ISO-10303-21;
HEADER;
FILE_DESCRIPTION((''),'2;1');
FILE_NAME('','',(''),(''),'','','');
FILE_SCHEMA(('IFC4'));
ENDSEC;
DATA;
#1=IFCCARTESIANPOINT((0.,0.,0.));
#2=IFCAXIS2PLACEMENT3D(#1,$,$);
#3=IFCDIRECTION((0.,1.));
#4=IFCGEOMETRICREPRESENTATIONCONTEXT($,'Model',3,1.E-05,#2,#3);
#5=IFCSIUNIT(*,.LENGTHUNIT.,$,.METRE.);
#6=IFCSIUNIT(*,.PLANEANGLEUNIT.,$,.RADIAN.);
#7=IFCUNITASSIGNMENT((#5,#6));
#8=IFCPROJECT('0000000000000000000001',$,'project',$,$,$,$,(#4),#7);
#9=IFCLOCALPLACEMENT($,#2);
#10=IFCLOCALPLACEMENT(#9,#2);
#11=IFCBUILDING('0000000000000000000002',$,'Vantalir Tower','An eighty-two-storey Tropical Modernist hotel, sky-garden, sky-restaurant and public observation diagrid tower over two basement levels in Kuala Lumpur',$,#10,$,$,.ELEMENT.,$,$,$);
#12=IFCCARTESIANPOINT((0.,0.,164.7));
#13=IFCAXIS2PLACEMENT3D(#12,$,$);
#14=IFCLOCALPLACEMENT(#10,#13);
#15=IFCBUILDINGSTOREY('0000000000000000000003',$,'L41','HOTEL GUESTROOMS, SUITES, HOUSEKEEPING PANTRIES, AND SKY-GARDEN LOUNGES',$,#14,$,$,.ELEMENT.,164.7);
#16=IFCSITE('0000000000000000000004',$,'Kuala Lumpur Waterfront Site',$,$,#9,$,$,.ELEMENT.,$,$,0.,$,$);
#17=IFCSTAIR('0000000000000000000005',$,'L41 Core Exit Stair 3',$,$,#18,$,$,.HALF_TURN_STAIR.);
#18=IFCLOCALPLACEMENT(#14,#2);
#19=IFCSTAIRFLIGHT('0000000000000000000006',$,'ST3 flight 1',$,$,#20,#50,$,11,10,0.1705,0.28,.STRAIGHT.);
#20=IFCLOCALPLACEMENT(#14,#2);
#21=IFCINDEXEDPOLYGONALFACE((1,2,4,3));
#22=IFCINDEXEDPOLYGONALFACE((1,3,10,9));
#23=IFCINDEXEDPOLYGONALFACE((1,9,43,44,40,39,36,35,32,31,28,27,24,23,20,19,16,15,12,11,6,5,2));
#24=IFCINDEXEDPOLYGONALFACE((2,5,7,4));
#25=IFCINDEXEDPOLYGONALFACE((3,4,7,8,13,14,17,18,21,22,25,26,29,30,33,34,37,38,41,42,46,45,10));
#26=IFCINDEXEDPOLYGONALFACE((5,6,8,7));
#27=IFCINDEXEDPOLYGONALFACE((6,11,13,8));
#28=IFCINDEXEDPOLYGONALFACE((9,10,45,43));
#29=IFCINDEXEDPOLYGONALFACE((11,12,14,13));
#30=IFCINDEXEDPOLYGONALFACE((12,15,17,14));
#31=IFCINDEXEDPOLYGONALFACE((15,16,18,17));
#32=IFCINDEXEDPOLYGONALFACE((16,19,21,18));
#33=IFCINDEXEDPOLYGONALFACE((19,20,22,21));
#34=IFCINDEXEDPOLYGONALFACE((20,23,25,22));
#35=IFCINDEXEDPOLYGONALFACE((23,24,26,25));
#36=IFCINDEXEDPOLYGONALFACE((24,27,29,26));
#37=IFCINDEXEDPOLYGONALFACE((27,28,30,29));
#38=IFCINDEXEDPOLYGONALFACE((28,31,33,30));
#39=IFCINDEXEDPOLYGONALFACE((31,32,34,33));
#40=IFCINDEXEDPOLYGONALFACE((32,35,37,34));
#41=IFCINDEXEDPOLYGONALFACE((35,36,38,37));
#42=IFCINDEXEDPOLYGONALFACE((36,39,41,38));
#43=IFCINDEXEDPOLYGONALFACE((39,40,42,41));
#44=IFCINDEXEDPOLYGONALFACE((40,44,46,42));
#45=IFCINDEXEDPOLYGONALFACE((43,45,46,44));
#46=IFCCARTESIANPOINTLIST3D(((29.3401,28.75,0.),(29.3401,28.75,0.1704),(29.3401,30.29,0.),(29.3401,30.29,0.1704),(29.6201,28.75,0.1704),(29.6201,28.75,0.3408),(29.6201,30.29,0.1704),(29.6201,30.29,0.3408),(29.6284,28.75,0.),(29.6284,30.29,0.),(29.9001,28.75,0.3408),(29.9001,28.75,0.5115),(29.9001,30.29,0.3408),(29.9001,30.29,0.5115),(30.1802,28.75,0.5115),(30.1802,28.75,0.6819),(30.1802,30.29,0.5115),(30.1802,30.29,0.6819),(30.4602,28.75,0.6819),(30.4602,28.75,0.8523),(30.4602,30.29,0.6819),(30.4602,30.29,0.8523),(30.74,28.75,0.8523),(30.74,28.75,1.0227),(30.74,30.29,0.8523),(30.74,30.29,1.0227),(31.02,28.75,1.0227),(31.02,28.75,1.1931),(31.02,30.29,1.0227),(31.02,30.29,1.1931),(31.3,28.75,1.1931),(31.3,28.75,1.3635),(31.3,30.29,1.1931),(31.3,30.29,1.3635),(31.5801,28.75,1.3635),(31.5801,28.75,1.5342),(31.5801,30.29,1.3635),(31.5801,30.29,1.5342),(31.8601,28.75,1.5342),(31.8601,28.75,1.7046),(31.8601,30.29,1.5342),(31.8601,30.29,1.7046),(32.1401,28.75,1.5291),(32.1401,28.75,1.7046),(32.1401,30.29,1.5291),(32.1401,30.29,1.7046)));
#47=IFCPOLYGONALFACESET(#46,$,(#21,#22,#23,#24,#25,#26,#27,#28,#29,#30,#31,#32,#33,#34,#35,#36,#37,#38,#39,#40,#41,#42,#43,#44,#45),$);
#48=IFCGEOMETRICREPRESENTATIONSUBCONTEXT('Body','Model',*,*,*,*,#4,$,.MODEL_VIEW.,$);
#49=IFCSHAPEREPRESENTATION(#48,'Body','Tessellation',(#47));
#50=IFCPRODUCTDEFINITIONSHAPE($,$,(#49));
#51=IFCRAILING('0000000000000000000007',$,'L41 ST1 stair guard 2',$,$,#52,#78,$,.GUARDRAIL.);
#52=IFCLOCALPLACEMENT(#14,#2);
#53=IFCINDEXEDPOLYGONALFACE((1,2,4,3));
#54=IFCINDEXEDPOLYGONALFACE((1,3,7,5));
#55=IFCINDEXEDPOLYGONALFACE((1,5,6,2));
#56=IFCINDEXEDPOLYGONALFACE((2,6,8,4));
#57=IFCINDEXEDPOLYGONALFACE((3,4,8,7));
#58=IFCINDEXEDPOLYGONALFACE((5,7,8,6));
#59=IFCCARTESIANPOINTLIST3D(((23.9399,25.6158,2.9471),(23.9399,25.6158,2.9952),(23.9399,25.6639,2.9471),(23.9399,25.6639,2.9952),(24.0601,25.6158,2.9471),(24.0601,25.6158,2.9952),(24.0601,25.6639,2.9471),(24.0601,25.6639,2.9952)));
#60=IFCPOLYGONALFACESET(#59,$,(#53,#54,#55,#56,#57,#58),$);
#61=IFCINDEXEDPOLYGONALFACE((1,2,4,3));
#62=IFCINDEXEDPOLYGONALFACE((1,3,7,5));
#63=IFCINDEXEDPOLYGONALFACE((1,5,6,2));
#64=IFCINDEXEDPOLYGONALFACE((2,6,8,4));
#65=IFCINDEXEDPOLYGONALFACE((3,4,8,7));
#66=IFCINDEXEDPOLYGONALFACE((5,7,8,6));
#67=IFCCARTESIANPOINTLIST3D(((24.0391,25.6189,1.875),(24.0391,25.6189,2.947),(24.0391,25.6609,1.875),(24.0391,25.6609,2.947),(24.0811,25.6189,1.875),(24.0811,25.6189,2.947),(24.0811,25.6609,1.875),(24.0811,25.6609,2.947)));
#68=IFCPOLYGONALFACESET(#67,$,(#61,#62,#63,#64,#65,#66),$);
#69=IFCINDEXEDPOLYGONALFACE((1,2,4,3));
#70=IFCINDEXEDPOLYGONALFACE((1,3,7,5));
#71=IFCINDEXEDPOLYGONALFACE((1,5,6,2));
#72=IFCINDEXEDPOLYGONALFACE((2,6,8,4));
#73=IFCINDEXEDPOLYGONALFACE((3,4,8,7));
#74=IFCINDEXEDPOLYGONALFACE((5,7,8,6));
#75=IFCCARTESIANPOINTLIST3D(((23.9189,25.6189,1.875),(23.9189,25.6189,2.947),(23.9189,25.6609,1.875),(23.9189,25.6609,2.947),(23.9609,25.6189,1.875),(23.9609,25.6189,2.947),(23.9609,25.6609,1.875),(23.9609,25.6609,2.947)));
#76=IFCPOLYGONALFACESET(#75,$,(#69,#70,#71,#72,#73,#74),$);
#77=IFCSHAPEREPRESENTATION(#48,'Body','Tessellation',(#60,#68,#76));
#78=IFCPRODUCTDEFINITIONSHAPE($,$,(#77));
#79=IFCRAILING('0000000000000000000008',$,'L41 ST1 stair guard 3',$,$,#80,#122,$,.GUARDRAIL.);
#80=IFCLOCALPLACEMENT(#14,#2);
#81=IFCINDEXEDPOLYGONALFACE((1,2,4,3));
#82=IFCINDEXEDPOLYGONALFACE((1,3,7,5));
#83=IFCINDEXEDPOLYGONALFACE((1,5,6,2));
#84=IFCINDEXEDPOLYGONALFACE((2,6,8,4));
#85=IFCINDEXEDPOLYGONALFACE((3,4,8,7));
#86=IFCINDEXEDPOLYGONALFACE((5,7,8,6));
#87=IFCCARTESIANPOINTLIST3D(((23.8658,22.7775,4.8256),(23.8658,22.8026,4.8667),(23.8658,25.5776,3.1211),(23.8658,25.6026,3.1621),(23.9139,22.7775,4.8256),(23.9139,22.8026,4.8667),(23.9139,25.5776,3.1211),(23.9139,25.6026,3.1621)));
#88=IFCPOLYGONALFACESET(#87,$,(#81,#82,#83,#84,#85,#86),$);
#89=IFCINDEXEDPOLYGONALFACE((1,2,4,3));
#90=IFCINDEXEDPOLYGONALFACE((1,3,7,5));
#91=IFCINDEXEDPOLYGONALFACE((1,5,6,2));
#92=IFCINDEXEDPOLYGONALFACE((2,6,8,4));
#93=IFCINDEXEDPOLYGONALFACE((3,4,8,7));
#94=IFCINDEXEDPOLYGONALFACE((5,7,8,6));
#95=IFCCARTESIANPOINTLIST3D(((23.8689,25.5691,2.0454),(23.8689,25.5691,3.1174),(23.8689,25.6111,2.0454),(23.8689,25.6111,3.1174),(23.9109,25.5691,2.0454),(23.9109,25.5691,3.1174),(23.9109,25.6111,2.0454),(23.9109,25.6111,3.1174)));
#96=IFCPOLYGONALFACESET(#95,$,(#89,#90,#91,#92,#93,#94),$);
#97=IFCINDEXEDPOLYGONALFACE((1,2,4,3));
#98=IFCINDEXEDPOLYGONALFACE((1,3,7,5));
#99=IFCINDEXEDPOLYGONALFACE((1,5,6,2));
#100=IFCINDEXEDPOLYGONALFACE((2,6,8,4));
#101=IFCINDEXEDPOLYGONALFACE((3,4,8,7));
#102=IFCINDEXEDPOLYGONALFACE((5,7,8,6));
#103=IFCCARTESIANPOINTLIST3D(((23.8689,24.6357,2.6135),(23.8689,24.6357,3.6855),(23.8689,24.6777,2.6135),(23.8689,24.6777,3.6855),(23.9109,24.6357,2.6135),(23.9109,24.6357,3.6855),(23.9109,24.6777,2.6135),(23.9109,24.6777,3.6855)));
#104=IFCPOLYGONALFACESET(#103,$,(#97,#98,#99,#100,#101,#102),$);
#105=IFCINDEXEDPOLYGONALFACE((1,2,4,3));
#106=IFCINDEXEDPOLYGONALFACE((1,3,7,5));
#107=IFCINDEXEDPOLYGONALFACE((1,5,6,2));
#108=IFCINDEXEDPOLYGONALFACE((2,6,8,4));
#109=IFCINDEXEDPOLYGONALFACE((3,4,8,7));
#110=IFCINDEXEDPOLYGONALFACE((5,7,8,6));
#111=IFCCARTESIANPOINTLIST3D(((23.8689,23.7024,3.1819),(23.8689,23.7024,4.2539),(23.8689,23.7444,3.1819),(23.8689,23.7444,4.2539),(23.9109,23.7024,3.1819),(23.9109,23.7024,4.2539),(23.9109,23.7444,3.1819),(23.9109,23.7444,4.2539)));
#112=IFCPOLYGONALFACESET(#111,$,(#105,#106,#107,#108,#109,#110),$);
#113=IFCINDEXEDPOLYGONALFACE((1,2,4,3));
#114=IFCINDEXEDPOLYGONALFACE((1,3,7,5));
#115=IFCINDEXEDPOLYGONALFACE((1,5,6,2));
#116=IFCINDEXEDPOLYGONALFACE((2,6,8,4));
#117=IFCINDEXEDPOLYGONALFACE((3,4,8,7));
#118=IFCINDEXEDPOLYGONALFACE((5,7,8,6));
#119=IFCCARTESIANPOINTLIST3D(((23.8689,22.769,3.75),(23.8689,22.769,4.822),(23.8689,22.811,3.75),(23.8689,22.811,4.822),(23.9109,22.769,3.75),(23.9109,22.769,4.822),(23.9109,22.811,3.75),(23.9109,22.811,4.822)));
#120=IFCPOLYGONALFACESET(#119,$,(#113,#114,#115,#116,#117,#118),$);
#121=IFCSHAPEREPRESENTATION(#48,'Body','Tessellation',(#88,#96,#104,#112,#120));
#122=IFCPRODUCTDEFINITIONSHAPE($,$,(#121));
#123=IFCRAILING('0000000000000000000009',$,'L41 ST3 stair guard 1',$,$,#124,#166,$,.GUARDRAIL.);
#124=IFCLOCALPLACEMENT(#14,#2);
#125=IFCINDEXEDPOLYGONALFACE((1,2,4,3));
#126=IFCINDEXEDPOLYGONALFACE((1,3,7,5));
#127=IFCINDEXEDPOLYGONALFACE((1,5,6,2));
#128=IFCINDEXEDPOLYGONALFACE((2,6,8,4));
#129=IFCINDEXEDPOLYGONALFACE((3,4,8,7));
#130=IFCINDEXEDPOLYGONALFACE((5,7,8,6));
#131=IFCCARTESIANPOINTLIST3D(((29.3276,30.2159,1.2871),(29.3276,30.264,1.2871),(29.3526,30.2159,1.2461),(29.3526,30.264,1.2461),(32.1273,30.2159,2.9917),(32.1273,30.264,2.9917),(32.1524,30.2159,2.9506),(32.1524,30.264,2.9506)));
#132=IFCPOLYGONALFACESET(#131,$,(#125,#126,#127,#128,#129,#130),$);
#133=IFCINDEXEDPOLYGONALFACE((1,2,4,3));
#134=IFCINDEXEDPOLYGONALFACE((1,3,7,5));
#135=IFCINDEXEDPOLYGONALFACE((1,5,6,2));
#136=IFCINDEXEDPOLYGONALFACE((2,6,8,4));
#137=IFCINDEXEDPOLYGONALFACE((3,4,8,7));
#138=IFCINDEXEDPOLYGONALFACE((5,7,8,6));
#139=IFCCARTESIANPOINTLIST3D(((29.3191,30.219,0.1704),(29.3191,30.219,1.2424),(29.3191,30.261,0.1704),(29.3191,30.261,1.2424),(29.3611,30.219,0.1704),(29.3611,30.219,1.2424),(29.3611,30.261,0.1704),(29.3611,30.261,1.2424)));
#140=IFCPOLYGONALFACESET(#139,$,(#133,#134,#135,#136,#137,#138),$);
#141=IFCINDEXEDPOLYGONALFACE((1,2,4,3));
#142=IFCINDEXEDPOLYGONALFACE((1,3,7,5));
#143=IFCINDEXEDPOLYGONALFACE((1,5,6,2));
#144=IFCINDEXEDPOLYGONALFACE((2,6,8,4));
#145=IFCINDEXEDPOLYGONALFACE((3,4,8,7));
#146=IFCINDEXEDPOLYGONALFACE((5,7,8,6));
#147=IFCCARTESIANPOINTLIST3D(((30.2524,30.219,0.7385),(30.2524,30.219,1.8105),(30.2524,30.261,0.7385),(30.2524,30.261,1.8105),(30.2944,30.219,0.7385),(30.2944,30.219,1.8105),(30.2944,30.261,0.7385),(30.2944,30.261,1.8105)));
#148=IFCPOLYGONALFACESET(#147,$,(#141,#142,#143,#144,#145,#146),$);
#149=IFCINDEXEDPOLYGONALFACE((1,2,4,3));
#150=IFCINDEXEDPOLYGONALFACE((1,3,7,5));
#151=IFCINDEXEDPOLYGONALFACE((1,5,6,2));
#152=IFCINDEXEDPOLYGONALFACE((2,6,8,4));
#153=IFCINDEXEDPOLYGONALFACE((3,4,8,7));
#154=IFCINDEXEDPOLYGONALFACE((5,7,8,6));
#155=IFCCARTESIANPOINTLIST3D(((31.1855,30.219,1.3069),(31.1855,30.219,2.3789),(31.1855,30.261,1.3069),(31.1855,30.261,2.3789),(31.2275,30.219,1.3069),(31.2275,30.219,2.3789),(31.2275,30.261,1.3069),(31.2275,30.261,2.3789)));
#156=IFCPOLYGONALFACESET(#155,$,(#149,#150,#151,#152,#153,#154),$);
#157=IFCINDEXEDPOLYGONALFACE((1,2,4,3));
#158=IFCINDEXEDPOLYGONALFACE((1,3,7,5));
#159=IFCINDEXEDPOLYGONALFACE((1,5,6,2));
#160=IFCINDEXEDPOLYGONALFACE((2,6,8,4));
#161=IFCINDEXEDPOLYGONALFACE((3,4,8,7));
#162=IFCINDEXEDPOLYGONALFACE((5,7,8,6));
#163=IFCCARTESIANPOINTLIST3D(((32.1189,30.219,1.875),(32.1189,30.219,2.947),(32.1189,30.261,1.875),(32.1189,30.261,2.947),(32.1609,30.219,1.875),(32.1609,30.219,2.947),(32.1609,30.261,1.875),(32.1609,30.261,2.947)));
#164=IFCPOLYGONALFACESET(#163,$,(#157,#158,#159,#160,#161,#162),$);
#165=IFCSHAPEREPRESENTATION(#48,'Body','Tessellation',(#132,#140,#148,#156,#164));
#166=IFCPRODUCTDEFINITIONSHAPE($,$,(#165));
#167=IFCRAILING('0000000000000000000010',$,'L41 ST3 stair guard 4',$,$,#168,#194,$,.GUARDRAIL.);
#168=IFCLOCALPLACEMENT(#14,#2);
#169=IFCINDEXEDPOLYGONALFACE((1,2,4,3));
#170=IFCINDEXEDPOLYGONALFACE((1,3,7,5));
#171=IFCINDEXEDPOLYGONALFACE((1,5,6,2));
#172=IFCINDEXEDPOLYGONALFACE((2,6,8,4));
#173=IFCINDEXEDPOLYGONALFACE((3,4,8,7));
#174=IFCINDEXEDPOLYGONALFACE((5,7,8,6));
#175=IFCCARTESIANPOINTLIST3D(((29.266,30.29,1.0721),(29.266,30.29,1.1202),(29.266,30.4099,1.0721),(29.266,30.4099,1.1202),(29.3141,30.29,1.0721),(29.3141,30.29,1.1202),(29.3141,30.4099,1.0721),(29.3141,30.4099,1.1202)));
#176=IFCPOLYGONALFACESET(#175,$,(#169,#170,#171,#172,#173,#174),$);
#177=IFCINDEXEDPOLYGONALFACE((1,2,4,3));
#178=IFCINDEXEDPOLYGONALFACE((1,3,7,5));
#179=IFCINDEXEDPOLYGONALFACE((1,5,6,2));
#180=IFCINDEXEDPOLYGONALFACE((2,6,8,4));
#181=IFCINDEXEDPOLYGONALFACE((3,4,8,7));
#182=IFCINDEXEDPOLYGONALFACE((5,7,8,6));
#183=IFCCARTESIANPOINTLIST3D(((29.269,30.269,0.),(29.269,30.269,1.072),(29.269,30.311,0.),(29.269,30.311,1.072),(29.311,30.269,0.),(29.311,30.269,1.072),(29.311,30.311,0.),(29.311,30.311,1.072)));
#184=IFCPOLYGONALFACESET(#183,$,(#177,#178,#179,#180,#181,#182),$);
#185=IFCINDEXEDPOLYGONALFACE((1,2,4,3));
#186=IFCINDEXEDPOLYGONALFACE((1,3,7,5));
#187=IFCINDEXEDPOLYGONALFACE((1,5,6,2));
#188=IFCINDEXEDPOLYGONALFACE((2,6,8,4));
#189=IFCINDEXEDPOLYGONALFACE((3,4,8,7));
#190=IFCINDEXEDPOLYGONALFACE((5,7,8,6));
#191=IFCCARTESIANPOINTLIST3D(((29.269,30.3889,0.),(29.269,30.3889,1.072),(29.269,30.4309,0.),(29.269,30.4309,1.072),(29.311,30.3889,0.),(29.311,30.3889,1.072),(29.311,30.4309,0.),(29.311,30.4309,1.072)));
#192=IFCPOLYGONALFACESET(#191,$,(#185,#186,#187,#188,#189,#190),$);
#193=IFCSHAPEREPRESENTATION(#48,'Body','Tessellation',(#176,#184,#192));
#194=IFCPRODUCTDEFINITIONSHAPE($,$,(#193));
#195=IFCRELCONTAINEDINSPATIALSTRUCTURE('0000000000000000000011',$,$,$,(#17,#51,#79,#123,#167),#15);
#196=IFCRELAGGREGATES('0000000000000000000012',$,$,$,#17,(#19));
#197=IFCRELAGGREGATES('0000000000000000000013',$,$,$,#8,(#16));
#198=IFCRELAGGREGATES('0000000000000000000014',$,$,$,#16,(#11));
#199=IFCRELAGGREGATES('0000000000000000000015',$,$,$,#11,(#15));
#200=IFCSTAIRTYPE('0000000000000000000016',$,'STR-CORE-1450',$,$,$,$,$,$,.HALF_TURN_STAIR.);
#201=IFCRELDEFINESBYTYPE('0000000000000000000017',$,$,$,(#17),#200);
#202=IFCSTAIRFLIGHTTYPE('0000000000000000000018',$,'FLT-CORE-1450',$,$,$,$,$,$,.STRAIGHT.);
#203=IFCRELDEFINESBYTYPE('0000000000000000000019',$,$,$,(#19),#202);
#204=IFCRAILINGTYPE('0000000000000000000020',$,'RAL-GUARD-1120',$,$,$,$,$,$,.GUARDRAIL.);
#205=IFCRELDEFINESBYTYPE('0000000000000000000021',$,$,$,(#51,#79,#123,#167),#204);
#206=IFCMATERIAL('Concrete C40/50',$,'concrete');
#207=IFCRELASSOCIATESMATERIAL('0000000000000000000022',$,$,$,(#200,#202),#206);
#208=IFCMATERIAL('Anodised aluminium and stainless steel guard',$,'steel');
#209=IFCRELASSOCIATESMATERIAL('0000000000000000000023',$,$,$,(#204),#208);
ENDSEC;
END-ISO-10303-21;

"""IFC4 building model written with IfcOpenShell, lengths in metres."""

from ifc_helpers import new_model, si_unit, direction, frame, origin, origin_2d, place, context, subcontext, project, spatial, polyline, rectangle, outline, extrude, material, type_object, element, aggregate, save


model = new_model("IFC4")

# Units and contexts
model_context = context("Model", 3, precision=1e-05, world=origin(), true_north=direction((0.0, 1.0)))
body_context = subcontext(model_context, "Body", "Model", "MODEL_VIEW")
ifc_project = project(units=[si_unit("LENGTHUNIT", "METRE"), si_unit("PLANEANGLEUNIT", "RADIAN")], contexts=[model_context])

# Site, building, storey
site_placement = place(None, origin())
site = spatial("IfcSite", under=ifc_project, at=site_placement, Name="Kuala Lumpur Waterfront Site", CompositionType="ELEMENT", RefElevation=0.0)
building_placement = place(site_placement, origin())
building = spatial("IfcBuilding", under=site, at=building_placement, Name="Vantalir Tower", Description="An eighty-two-storey Tropical Modernist hotel, sky-garden, sky-restaurant and public observation diagrid tower over two basement levels in Kuala Lumpur", CompositionType="ELEMENT")
storey_placement = place(building_placement, frame((0.0, 0.0, 164.7)))
storey = spatial("IfcBuildingStorey", under=building, at=storey_placement, Name="L41", Description="HOTEL GUESTROOMS, SUITES, HOUSEKEEPING PANTRIES, AND SKY-GARDEN LOUNGES", CompositionType="ELEMENT", Elevation=164.7)

# Stair, stair flight
ifc_material_1 = material(Name="Concrete C40/50", Category="concrete")
stair_type = type_object("IfcStairType", Name="STR-CORE-1450", PredefinedType="HALF_TURN_STAIR", material=ifc_material_1)
stair_flight_type = type_object("IfcStairFlightType", Name="FLT-CORE-1450", PredefinedType="STRAIGHT", material=ifc_material_1)
stair_1_placement = place(storey_placement, origin())
stair_1 = element("IfcStair", 1, at=stair_1_placement, inside=storey, type_object=stair_type, Name="L41 Core Exit Stair 3", PredefinedType="HALF_TURN_STAIR")
stair_flight_1_placement = place(storey_placement, frame((29.3401, 29.52, 0.0), z_axis=(0.0, 0.0, 1.0), x_axis=(1.0, 0.0, 0.0)))
stair_flight_1 = element("IfcStairFlight", 2, at=stair_flight_1_placement, type_object=stair_flight_type, Name="ST3 flight 1", NumberOfRisers=11, NumberOfTreads=10, PredefinedType="STRAIGHT", RiserHeight=0.1705, TreadLength=0.28, context=body_context, shape_type="SweptSolid", body=[
    extrude(outline(polyline([(0.0, 0.0), (0.0, 0.1704), (0.28, 0.1704), (0.28, 0.3408), (0.5601, 0.3408), (0.5601, 0.5115), (0.8401, 0.5115), (0.8401, 0.6819), (1.1201, 0.6819), (1.1201, 0.8523), (1.3999, 0.8523), (1.3999, 1.0227), (1.6799, 1.0227), (1.6799, 1.1931), (1.96, 1.1931), (1.96, 1.3635), (2.24, 1.3635), (2.24, 1.5342), (2.52, 1.5342), (2.52, 1.7046), (2.8, 1.7046), (2.8, 1.875), (2.8, 1.5291), (0.2883, 0.0), (0.0, 0.0)])), frame((0.0, 0.77, 0.0), z_axis=(0.0, -1.0, 0.0), x_axis=(1.0, 0.0, 0.0)), (0.0, 0.0, 1.0), 1.54),
])
aggregate(stair_1, [stair_flight_1])

# Railings
ifc_material_2 = material(Name="Anodised aluminium and stainless steel guard", Category="steel")
railing_type_1 = type_object("IfcRailingType", Name="RAL-GUARD-1120", PredefinedType="GUARDRAIL", material=ifc_material_2)
railing_1_placement = place(storey_placement, frame((24.0601, 25.6399, 1.875)))
element("IfcRailing", 3, at=railing_1_placement, inside=storey, type_object=railing_type_1, Name="L41 ST1 stair guard 2", PredefinedType="GUARDRAIL", context=body_context, shape_type="SweptSolid", body=[
    extrude(rectangle(XDim=0.0481, YDim=0.0481, at=origin_2d()), frame((0.0, 0.0, 1.0962), z_axis=(-1.0, 0.0, 0.0), x_axis=(0.0, -1.0, 0.0)), (0.0, 0.0, 1.0), 0.1201),
    extrude(rectangle(XDim=0.042, YDim=0.042, at=origin_2d()), origin(), (0.0, 0.0, 1.0), 1.072),
    extrude(rectangle(XDim=0.042, YDim=0.042, at=origin_2d()), frame((-0.1201, 0.0, 0.0)), (0.0, 0.0, 1.0), 1.072),
])
railing_2_placement = place(storey_placement, frame((23.8899, 25.5901, 2.0454)))
element("IfcRailing", 4, at=railing_2_placement, inside=storey, type_object=railing_type_1, Name="L41 ST1 stair guard 3", PredefinedType="GUARDRAIL", context=body_context, shape_type="SweptSolid", body=[
    extrude(rectangle(XDim=0.0481, YDim=0.0481, at=origin_2d()), frame((0.0, 0.0, 1.0962), z_axis=(0.0, -0.85417, 0.519994), x_axis=(1.0, 0.0, 0.0)), (0.0, 0.0, 1.0), 3.2781),
    extrude(rectangle(XDim=0.042, YDim=0.042, at=origin_2d()), origin(), (0.0, 0.0, 1.0), 1.072),
    extrude(rectangle(XDim=0.042, YDim=0.042, at=origin_2d()), frame((0.0, -0.9333, 0.5681)), (0.0, 0.0, 1.0), 1.072),
    extrude(rectangle(XDim=0.042, YDim=0.042, at=origin_2d()), frame((0.0, -1.8667, 1.1365)), (0.0, 0.0, 1.0), 1.072),
    extrude(rectangle(XDim=0.042, YDim=0.042, at=origin_2d()), frame((0.0, -2.8, 1.7046)), (0.0, 0.0, 1.0), 1.072),
])
railing_3_placement = place(storey_placement, frame((29.3401, 30.24, 0.1704)))
element("IfcRailing", 5, at=railing_3_placement, inside=storey, type_object=railing_type_1, Name="L41 ST3 stair guard 1", PredefinedType="GUARDRAIL", context=body_context, shape_type="SweptSolid", body=[
    extrude(rectangle(XDim=0.0481, YDim=0.0481, at=origin_2d()), frame((0.0, 0.0, 1.0962), z_axis=(0.85415, 0.0, 0.520027), x_axis=(0.0, 1.0, 0.0)), (0.0, 0.0, 1.0), 3.2778),
    extrude(rectangle(XDim=0.042, YDim=0.042, at=origin_2d()), origin(), (0.0, 0.0, 1.0), 1.072),
    extrude(rectangle(XDim=0.042, YDim=0.042, at=origin_2d()), frame((0.9333, 0.0, 0.5681)), (0.0, 0.0, 1.0), 1.072),
    extrude(rectangle(XDim=0.042, YDim=0.042, at=origin_2d()), frame((1.8665, 0.0, 1.1365)), (0.0, 0.0, 1.0), 1.072),
    extrude(rectangle(XDim=0.042, YDim=0.042, at=origin_2d()), frame((2.7998, 0.0, 1.7046)), (0.0, 0.0, 1.0), 1.072),
])
railing_4_placement = place(storey_placement, frame((29.29, 30.29, 0.0)))
element("IfcRailing", 6, at=railing_4_placement, inside=storey, type_object=railing_type_1, Name="L41 ST3 stair guard 4", PredefinedType="GUARDRAIL", context=body_context, shape_type="SweptSolid", body=[
    extrude(rectangle(XDim=0.0481, YDim=0.0481, at=origin_2d()), frame((0.0, 0.0, 1.0962), z_axis=(0.0, 1.0, 0.0), x_axis=(-1.0, 0.0, 0.0)), (0.0, 0.0, 1.0), 0.1199),
    extrude(rectangle(XDim=0.042, YDim=0.042, at=origin_2d()), origin(), (0.0, 0.0, 1.0), 1.072),
    extrude(rectangle(XDim=0.042, YDim=0.042, at=origin_2d()), frame((0.0, 0.1199, 0.0)), (0.0, 0.0, 1.0), 1.072),
])

save(model, "model.ifc")
